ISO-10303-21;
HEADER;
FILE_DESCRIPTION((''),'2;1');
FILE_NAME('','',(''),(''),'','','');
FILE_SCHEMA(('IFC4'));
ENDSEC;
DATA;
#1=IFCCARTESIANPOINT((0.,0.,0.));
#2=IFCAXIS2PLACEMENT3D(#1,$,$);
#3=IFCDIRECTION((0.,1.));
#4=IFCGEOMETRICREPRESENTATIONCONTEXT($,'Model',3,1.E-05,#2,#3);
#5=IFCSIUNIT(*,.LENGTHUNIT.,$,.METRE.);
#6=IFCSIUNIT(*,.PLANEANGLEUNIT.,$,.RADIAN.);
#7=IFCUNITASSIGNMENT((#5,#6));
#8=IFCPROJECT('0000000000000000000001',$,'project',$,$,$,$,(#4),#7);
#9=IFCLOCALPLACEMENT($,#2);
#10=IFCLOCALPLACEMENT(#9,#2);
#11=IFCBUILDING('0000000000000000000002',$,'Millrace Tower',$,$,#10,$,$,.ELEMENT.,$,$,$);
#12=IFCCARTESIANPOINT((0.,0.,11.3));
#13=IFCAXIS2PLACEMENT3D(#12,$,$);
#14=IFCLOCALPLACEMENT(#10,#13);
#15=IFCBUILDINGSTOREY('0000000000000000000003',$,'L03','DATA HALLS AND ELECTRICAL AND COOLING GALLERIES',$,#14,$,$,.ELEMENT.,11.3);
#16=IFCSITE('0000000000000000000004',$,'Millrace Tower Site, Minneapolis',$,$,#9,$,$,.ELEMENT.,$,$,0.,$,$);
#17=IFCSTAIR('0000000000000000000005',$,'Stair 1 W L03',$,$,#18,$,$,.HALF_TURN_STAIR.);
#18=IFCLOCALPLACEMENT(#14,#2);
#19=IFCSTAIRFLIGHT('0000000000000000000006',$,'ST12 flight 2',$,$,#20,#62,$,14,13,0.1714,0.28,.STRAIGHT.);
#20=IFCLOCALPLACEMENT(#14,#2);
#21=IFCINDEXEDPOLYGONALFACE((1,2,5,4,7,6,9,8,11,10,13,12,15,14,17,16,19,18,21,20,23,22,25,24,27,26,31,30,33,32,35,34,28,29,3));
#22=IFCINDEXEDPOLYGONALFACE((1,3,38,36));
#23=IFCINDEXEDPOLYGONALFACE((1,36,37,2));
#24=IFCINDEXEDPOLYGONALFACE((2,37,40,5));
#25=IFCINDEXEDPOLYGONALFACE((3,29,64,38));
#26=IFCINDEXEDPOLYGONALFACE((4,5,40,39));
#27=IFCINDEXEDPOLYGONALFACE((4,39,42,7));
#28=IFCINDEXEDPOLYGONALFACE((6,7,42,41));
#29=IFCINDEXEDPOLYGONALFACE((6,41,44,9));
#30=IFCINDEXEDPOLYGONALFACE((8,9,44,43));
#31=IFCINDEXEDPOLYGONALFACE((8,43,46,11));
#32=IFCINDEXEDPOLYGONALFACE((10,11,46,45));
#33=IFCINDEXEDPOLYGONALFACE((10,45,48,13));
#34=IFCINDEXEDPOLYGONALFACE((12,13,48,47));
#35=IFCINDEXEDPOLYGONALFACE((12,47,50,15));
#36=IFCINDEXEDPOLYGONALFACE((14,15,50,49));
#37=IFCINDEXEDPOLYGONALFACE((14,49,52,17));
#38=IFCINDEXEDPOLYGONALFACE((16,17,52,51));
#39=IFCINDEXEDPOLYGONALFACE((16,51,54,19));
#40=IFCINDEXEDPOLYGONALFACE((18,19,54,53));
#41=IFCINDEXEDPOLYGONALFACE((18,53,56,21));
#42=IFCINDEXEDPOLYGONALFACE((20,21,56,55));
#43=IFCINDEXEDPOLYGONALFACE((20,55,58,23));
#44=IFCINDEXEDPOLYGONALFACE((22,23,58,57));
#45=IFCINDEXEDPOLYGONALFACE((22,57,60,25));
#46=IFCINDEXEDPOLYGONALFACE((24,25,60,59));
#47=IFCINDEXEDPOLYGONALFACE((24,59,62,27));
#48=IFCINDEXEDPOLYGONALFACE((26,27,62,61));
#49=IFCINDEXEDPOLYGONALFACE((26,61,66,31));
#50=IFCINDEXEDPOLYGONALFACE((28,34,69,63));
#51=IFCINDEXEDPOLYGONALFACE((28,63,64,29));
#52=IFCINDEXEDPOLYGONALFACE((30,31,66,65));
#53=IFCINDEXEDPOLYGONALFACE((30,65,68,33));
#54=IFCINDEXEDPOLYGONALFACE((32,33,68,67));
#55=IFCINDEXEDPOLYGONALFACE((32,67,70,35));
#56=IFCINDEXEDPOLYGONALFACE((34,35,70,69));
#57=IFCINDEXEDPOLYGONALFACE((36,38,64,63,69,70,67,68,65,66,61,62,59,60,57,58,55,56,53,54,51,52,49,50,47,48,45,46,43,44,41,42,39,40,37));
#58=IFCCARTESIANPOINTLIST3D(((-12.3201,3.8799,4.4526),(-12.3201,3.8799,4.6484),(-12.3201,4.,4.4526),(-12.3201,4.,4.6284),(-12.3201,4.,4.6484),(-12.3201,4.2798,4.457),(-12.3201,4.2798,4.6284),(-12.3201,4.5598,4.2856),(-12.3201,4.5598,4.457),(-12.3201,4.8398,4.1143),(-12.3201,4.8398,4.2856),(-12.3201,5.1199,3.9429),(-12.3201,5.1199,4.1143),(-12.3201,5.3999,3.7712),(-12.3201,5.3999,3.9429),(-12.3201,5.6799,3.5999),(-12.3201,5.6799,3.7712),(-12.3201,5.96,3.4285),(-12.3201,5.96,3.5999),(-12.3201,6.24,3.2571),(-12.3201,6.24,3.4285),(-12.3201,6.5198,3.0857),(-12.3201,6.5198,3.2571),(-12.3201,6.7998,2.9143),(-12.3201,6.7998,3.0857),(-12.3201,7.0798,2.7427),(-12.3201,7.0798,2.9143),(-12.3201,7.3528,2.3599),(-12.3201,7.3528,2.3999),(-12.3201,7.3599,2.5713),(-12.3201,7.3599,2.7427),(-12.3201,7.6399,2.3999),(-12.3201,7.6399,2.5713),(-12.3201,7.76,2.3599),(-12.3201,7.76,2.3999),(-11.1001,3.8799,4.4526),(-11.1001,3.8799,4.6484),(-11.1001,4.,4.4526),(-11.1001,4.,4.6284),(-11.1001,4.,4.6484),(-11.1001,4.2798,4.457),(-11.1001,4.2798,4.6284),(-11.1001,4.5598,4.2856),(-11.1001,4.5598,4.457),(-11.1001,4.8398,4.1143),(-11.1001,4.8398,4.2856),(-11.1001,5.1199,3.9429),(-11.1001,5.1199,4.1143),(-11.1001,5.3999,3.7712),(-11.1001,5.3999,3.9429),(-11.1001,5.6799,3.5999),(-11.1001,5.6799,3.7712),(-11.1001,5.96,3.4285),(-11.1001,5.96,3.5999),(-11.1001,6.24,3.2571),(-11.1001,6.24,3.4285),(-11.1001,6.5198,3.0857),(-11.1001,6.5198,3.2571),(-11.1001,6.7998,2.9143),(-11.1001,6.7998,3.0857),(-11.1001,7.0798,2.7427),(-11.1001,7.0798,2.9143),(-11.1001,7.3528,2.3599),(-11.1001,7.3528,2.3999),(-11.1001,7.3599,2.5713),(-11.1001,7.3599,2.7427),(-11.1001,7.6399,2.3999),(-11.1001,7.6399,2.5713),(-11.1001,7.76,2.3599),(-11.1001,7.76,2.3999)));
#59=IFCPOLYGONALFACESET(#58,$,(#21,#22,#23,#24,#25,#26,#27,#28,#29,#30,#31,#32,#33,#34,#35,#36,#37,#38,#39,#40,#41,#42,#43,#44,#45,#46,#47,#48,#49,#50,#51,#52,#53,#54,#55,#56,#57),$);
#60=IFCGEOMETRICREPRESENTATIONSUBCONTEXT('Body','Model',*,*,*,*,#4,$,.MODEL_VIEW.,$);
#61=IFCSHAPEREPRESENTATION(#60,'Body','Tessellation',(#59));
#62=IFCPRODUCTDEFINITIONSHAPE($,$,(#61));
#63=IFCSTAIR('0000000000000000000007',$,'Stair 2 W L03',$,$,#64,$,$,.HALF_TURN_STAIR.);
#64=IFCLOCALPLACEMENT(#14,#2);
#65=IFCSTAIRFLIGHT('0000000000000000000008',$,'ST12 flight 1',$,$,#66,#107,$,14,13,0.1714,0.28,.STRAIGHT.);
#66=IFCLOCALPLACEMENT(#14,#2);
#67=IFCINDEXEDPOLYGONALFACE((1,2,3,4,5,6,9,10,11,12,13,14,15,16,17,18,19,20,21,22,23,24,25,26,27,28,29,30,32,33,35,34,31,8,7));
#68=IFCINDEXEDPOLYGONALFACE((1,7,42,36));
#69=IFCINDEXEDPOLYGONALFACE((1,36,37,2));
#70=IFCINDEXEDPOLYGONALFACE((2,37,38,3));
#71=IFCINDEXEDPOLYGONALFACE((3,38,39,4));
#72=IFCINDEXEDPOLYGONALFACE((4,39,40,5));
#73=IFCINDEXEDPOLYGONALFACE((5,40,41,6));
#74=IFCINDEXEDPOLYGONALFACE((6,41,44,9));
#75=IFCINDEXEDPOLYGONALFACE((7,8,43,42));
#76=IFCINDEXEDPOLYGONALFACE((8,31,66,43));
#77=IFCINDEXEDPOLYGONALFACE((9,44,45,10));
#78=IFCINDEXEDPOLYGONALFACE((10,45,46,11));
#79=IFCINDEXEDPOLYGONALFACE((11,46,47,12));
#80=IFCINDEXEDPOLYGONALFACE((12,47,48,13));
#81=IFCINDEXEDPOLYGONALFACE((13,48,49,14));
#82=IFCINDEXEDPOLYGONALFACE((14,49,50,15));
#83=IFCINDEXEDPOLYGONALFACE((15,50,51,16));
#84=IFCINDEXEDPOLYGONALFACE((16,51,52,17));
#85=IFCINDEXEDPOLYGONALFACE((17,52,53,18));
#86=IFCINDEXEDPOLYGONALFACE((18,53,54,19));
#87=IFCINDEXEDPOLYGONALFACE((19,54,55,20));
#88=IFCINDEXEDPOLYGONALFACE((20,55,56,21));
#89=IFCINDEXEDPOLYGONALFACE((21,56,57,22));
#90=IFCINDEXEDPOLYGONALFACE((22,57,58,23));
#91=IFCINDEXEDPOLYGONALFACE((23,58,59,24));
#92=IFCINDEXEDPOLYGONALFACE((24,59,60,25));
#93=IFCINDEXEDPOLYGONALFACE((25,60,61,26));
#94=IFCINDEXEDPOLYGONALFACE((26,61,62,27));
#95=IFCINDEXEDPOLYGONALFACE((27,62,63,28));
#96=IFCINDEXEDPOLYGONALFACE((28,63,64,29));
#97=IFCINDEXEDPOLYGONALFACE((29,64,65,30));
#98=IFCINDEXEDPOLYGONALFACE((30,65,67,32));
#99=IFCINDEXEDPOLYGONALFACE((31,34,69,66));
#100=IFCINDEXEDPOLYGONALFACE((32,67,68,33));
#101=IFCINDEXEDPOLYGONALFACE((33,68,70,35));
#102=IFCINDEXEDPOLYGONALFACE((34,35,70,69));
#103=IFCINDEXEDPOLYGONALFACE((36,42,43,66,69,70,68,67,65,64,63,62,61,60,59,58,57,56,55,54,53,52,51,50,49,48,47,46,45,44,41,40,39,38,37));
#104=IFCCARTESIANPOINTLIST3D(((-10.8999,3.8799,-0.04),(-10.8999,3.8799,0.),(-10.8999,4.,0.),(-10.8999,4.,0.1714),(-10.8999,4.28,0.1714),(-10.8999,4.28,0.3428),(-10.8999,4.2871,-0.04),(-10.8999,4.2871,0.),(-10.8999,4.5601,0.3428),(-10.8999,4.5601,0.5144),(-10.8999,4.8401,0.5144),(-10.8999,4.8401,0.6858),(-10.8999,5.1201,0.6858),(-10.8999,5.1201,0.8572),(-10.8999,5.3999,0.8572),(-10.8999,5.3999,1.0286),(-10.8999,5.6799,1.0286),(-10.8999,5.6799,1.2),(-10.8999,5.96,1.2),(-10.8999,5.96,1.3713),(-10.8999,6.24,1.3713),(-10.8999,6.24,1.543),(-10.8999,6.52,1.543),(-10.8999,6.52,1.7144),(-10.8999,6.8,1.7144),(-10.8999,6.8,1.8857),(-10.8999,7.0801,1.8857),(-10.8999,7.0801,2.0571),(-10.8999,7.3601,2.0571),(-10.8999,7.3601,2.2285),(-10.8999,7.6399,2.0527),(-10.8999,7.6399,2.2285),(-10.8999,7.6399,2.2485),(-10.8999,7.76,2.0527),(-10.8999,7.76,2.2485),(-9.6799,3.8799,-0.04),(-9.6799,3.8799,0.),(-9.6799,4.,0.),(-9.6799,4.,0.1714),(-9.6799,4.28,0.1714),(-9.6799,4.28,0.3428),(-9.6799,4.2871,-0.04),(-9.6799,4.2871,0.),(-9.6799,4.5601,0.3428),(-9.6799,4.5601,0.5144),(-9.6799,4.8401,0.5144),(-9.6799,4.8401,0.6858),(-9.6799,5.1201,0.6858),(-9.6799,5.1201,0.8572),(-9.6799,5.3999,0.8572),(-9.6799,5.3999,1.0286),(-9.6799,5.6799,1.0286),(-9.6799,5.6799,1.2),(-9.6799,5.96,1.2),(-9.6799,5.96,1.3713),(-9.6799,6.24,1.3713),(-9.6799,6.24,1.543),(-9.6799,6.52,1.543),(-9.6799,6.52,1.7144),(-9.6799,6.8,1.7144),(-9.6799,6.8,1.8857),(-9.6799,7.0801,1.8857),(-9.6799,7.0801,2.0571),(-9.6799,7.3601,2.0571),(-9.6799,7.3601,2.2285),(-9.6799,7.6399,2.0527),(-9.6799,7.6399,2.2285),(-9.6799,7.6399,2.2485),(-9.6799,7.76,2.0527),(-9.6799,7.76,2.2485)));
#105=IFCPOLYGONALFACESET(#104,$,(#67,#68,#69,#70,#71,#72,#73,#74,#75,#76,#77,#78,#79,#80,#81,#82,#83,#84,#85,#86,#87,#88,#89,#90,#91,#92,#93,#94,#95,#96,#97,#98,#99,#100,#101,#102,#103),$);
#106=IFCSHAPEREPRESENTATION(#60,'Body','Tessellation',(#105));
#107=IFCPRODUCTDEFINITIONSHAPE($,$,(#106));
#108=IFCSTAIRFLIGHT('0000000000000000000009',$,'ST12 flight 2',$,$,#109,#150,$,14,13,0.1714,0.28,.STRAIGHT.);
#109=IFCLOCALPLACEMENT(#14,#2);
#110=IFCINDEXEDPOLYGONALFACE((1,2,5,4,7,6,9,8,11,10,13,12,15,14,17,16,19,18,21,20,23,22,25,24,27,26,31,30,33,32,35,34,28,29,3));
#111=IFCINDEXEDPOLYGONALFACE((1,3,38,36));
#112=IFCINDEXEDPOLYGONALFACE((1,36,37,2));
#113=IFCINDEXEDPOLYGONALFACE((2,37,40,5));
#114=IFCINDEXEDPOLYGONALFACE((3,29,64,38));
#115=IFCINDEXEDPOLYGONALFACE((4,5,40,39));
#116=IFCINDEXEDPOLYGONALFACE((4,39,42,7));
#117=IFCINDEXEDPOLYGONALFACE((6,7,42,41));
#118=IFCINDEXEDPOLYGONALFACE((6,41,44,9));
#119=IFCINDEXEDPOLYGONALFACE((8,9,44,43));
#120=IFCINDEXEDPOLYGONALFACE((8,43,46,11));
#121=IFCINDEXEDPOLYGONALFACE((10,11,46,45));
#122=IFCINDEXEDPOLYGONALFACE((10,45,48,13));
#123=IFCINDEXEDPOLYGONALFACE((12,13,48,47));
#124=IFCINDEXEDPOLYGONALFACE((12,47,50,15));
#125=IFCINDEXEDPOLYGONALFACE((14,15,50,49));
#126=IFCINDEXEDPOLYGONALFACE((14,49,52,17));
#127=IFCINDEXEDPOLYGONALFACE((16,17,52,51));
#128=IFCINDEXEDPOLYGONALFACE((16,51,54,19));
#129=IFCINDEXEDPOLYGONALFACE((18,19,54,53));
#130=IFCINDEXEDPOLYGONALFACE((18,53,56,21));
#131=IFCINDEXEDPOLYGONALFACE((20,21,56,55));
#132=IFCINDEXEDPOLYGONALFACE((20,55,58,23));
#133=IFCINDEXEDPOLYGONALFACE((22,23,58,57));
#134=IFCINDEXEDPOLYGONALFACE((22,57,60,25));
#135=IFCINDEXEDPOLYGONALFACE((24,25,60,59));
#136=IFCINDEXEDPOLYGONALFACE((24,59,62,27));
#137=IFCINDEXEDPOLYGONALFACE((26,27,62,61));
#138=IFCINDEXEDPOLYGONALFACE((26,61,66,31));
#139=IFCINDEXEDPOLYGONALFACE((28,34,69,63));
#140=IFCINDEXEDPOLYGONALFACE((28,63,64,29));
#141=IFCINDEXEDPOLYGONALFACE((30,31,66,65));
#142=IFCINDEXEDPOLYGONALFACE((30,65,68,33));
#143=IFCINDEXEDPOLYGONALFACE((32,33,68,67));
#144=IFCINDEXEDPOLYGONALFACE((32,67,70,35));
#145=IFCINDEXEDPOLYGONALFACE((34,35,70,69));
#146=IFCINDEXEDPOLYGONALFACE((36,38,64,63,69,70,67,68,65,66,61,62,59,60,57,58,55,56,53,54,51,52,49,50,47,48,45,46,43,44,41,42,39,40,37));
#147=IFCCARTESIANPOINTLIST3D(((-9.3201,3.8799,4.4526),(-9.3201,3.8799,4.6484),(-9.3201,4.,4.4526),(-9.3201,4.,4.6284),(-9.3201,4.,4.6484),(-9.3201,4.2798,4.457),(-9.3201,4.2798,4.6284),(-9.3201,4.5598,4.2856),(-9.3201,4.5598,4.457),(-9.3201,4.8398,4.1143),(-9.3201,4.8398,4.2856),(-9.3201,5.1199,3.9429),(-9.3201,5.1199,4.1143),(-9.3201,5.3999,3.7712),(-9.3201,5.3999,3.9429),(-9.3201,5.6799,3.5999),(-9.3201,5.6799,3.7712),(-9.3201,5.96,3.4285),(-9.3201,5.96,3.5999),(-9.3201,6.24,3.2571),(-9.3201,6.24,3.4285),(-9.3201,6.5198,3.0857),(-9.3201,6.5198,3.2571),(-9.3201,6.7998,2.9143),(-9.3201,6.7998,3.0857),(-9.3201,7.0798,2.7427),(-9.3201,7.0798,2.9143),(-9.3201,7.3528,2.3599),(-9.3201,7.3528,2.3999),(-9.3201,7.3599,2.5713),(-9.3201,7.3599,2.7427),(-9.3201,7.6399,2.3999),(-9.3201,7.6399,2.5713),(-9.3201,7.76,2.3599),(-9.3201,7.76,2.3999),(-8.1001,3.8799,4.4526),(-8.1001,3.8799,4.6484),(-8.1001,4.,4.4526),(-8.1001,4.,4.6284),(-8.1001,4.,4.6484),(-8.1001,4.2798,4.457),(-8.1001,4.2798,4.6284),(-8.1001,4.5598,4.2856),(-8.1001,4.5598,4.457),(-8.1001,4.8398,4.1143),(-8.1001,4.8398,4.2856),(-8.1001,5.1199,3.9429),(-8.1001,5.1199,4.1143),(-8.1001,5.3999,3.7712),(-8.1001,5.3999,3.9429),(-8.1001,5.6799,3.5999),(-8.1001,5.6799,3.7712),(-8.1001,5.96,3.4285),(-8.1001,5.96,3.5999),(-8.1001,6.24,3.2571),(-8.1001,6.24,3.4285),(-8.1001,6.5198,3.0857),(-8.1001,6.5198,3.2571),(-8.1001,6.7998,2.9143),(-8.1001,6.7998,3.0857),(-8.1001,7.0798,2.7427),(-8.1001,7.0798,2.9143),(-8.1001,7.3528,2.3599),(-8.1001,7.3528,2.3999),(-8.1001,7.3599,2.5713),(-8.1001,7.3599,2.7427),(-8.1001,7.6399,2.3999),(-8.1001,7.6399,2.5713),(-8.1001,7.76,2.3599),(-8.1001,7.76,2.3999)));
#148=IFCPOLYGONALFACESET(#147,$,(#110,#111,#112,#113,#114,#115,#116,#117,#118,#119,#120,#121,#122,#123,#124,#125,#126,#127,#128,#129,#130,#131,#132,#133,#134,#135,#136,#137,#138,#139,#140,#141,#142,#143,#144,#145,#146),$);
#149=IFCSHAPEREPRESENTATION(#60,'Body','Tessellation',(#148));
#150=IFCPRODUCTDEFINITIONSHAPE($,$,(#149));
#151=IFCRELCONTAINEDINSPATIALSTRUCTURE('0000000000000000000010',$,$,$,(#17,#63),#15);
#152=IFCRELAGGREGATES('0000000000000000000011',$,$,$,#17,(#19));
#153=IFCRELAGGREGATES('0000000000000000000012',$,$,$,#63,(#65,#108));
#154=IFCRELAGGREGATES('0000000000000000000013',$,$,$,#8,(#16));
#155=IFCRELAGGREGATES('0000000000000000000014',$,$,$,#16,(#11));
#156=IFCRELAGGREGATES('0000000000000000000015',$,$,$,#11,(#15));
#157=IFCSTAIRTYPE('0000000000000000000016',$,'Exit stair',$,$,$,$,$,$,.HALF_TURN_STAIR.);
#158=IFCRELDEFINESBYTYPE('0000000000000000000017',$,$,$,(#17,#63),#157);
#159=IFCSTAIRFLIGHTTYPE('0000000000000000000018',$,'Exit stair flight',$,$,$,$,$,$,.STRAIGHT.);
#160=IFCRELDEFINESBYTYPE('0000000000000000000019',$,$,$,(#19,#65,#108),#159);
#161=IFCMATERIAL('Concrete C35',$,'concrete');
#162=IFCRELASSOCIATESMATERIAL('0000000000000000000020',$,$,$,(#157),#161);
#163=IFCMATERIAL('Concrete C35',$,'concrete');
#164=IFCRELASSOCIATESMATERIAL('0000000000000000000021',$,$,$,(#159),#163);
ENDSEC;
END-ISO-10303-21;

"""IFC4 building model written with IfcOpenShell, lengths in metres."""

from ifc_helpers import new_model, si_unit, direction, frame, origin, place, context, subcontext, project, spatial, polyline, outline, extrude, material, type_object, element, aggregate, save


model = new_model("IFC4")

# Units and contexts
model_context = context("Model", 3, precision=1e-05, world=origin(), true_north=direction((0.0, 1.0)))
body_context = subcontext(model_context, "Body", "Model", "MODEL_VIEW")
ifc_project = project(units=[si_unit("LENGTHUNIT", "METRE"), si_unit("PLANEANGLEUNIT", "RADIAN")], contexts=[model_context])

# Site, building, storey
site_placement = place(None, origin())
site = spatial("IfcSite", under=ifc_project, at=site_placement, Name="Millrace Tower Site, Minneapolis", CompositionType="ELEMENT", RefElevation=0.0)
building_placement = place(site_placement, origin())
building = spatial("IfcBuilding", under=site, at=building_placement, Name="Millrace Tower", CompositionType="ELEMENT")
storey_placement = place(building_placement, frame((0.0, 0.0, 11.3)))
storey = spatial("IfcBuildingStorey", under=building, at=storey_placement, Name="L03", Description="DATA HALLS AND ELECTRICAL AND COOLING GALLERIES", CompositionType="ELEMENT", Elevation=11.3)

# Stairs, stair flights
ifc_material_1 = material(Name="Concrete C35", Category="concrete")
stair_type = type_object("IfcStairType", Name="Exit stair", PredefinedType="HALF_TURN_STAIR", material=ifc_material_1)
placement = place(storey_placement, origin())
stair_1 = element("IfcStair", 1, at=placement, inside=storey, type_object=stair_type, Name="Stair 1 W L03", PredefinedType="HALF_TURN_STAIR")
ifc_material_2 = material(Name="Concrete C35", Category="concrete")
stair_flight_type = type_object("IfcStairFlightType", Name="Exit stair flight", PredefinedType="STRAIGHT", material=ifc_material_2)
stair_flight_1_placement = place(storey_placement, frame((-11.71, 7.6399, 2.3999), z_axis=(0.0, 0.0, 1.0), x_axis=(0.0, -1.0, 0.0)))
stair_flight_1 = element("IfcStairFlight", 2, at=stair_flight_1_placement, type_object=stair_flight_type, Name="ST12 flight 2", NumberOfRisers=14, NumberOfTreads=13, PredefinedType="STRAIGHT", RiserHeight=0.1714, TreadLength=0.28, context=body_context, shape_type="SweptSolid", body=[
    extrude(outline(polyline([(-0.1201, -0.04), (-0.1201, 0.0), (0.0, 0.0), (0.0, 0.1714), (0.28, 0.1714), (0.28, 0.3428), (0.5601, 0.3428), (0.5601, 0.5144), (0.8401, 0.5144), (0.8401, 0.6858), (1.1201, 0.6858), (1.1201, 0.8572), (1.3999, 0.8572), (1.3999, 1.0286), (1.6799, 1.0286), (1.6799, 1.2), (1.96, 1.2), (1.96, 1.3713), (2.24, 1.3713), (2.24, 1.543), (2.52, 1.543), (2.52, 1.7144), (2.8, 1.7144), (2.8, 1.8857), (3.0801, 1.8857), (3.0801, 2.0571), (3.3601, 2.0571), (3.3601, 2.2285), (3.6399, 2.2285), (3.6399, 2.2485), (3.76, 2.2485), (3.76, 2.0527), (3.6399, 2.0527), (0.2871, 0.0), (0.2871, -0.04), (-0.1201, -0.04)])), frame((0.0, 0.6099, 0.0), z_axis=(0.0, -1.0, 0.0), x_axis=(1.0, 0.0, 0.0)), (0.0, 0.0, 1.0), 1.22),
])
aggregate(stair_1, [stair_flight_1])
stair_2 = element("IfcStair", 3, at=placement, inside=storey, type_object=stair_type, Name="Stair 2 W L03", PredefinedType="HALF_TURN_STAIR")
stair_flight_2_placement = place(storey_placement, frame((-10.29, 4.0, 0.0), z_axis=(0.0, 0.0, 1.0), x_axis=(0.0, 1.0, 0.0)))
stair_flight_2 = element("IfcStairFlight", 4, at=stair_flight_2_placement, type_object=stair_flight_type, Name="ST12 flight 1", NumberOfRisers=14, NumberOfTreads=13, PredefinedType="STRAIGHT", RiserHeight=0.1714, TreadLength=0.28, context=body_context, shape_type="SweptSolid", body=[
    extrude(outline(polyline([(-0.1201, -0.04), (-0.1201, 0.0), (0.0, 0.0), (0.0, 0.1714), (0.28, 0.1714), (0.28, 0.3428), (0.5601, 0.3428), (0.5601, 0.5144), (0.8401, 0.5144), (0.8401, 0.6858), (1.1201, 0.6858), (1.1201, 0.8572), (1.3999, 0.8572), (1.3999, 1.0286), (1.6799, 1.0286), (1.6799, 1.2), (1.96, 1.2), (1.96, 1.3713), (2.24, 1.3713), (2.24, 1.543), (2.52, 1.543), (2.52, 1.7144), (2.8, 1.7144), (2.8, 1.8857), (3.0801, 1.8857), (3.0801, 2.0571), (3.3601, 2.0571), (3.3601, 2.2285), (3.6399, 2.2285), (3.6399, 2.2485), (3.76, 2.2485), (3.76, 2.0527), (3.6399, 2.0527), (0.2871, 0.0), (0.2871, -0.04), (-0.1201, -0.04)])), frame((0.0, 0.6099, 0.0), z_axis=(0.0, -1.0, 0.0), x_axis=(1.0, 0.0, 0.0)), (0.0, 0.0, 1.0), 1.22),
])
stair_flight_3_placement = place(storey_placement, frame((-8.71, 7.6399, 2.3999), z_axis=(0.0, 0.0, 1.0), x_axis=(0.0, -1.0, 0.0)))
stair_flight_3 = element("IfcStairFlight", 5, at=stair_flight_3_placement, type_object=stair_flight_type, Name="ST12 flight 2", NumberOfRisers=14, NumberOfTreads=13, PredefinedType="STRAIGHT", RiserHeight=0.1714, TreadLength=0.28, context=body_context, shape_type="SweptSolid", body=[
    extrude(outline(polyline([(-0.1201, -0.04), (-0.1201, 0.0), (0.0, 0.0), (0.0, 0.1714), (0.28, 0.1714), (0.28, 0.3428), (0.5601, 0.3428), (0.5601, 0.5144), (0.8401, 0.5144), (0.8401, 0.6858), (1.1201, 0.6858), (1.1201, 0.8572), (1.3999, 0.8572), (1.3999, 1.0286), (1.6799, 1.0286), (1.6799, 1.2), (1.96, 1.2), (1.96, 1.3713), (2.24, 1.3713), (2.24, 1.543), (2.52, 1.543), (2.52, 1.7144), (2.8, 1.7144), (2.8, 1.8857), (3.0801, 1.8857), (3.0801, 2.0571), (3.3601, 2.0571), (3.3601, 2.2285), (3.6399, 2.2285), (3.6399, 2.2485), (3.76, 2.2485), (3.76, 2.0527), (3.6399, 2.0527), (0.2871, 0.0), (0.2871, -0.04), (-0.1201, -0.04)])), frame((0.0, 0.6099, 0.0), z_axis=(0.0, -1.0, 0.0), x_axis=(1.0, 0.0, 0.0)), (0.0, 0.0, 1.0), 1.22),
])
aggregate(stair_2, [stair_flight_2, stair_flight_3])

save(model, "model.ifc")
